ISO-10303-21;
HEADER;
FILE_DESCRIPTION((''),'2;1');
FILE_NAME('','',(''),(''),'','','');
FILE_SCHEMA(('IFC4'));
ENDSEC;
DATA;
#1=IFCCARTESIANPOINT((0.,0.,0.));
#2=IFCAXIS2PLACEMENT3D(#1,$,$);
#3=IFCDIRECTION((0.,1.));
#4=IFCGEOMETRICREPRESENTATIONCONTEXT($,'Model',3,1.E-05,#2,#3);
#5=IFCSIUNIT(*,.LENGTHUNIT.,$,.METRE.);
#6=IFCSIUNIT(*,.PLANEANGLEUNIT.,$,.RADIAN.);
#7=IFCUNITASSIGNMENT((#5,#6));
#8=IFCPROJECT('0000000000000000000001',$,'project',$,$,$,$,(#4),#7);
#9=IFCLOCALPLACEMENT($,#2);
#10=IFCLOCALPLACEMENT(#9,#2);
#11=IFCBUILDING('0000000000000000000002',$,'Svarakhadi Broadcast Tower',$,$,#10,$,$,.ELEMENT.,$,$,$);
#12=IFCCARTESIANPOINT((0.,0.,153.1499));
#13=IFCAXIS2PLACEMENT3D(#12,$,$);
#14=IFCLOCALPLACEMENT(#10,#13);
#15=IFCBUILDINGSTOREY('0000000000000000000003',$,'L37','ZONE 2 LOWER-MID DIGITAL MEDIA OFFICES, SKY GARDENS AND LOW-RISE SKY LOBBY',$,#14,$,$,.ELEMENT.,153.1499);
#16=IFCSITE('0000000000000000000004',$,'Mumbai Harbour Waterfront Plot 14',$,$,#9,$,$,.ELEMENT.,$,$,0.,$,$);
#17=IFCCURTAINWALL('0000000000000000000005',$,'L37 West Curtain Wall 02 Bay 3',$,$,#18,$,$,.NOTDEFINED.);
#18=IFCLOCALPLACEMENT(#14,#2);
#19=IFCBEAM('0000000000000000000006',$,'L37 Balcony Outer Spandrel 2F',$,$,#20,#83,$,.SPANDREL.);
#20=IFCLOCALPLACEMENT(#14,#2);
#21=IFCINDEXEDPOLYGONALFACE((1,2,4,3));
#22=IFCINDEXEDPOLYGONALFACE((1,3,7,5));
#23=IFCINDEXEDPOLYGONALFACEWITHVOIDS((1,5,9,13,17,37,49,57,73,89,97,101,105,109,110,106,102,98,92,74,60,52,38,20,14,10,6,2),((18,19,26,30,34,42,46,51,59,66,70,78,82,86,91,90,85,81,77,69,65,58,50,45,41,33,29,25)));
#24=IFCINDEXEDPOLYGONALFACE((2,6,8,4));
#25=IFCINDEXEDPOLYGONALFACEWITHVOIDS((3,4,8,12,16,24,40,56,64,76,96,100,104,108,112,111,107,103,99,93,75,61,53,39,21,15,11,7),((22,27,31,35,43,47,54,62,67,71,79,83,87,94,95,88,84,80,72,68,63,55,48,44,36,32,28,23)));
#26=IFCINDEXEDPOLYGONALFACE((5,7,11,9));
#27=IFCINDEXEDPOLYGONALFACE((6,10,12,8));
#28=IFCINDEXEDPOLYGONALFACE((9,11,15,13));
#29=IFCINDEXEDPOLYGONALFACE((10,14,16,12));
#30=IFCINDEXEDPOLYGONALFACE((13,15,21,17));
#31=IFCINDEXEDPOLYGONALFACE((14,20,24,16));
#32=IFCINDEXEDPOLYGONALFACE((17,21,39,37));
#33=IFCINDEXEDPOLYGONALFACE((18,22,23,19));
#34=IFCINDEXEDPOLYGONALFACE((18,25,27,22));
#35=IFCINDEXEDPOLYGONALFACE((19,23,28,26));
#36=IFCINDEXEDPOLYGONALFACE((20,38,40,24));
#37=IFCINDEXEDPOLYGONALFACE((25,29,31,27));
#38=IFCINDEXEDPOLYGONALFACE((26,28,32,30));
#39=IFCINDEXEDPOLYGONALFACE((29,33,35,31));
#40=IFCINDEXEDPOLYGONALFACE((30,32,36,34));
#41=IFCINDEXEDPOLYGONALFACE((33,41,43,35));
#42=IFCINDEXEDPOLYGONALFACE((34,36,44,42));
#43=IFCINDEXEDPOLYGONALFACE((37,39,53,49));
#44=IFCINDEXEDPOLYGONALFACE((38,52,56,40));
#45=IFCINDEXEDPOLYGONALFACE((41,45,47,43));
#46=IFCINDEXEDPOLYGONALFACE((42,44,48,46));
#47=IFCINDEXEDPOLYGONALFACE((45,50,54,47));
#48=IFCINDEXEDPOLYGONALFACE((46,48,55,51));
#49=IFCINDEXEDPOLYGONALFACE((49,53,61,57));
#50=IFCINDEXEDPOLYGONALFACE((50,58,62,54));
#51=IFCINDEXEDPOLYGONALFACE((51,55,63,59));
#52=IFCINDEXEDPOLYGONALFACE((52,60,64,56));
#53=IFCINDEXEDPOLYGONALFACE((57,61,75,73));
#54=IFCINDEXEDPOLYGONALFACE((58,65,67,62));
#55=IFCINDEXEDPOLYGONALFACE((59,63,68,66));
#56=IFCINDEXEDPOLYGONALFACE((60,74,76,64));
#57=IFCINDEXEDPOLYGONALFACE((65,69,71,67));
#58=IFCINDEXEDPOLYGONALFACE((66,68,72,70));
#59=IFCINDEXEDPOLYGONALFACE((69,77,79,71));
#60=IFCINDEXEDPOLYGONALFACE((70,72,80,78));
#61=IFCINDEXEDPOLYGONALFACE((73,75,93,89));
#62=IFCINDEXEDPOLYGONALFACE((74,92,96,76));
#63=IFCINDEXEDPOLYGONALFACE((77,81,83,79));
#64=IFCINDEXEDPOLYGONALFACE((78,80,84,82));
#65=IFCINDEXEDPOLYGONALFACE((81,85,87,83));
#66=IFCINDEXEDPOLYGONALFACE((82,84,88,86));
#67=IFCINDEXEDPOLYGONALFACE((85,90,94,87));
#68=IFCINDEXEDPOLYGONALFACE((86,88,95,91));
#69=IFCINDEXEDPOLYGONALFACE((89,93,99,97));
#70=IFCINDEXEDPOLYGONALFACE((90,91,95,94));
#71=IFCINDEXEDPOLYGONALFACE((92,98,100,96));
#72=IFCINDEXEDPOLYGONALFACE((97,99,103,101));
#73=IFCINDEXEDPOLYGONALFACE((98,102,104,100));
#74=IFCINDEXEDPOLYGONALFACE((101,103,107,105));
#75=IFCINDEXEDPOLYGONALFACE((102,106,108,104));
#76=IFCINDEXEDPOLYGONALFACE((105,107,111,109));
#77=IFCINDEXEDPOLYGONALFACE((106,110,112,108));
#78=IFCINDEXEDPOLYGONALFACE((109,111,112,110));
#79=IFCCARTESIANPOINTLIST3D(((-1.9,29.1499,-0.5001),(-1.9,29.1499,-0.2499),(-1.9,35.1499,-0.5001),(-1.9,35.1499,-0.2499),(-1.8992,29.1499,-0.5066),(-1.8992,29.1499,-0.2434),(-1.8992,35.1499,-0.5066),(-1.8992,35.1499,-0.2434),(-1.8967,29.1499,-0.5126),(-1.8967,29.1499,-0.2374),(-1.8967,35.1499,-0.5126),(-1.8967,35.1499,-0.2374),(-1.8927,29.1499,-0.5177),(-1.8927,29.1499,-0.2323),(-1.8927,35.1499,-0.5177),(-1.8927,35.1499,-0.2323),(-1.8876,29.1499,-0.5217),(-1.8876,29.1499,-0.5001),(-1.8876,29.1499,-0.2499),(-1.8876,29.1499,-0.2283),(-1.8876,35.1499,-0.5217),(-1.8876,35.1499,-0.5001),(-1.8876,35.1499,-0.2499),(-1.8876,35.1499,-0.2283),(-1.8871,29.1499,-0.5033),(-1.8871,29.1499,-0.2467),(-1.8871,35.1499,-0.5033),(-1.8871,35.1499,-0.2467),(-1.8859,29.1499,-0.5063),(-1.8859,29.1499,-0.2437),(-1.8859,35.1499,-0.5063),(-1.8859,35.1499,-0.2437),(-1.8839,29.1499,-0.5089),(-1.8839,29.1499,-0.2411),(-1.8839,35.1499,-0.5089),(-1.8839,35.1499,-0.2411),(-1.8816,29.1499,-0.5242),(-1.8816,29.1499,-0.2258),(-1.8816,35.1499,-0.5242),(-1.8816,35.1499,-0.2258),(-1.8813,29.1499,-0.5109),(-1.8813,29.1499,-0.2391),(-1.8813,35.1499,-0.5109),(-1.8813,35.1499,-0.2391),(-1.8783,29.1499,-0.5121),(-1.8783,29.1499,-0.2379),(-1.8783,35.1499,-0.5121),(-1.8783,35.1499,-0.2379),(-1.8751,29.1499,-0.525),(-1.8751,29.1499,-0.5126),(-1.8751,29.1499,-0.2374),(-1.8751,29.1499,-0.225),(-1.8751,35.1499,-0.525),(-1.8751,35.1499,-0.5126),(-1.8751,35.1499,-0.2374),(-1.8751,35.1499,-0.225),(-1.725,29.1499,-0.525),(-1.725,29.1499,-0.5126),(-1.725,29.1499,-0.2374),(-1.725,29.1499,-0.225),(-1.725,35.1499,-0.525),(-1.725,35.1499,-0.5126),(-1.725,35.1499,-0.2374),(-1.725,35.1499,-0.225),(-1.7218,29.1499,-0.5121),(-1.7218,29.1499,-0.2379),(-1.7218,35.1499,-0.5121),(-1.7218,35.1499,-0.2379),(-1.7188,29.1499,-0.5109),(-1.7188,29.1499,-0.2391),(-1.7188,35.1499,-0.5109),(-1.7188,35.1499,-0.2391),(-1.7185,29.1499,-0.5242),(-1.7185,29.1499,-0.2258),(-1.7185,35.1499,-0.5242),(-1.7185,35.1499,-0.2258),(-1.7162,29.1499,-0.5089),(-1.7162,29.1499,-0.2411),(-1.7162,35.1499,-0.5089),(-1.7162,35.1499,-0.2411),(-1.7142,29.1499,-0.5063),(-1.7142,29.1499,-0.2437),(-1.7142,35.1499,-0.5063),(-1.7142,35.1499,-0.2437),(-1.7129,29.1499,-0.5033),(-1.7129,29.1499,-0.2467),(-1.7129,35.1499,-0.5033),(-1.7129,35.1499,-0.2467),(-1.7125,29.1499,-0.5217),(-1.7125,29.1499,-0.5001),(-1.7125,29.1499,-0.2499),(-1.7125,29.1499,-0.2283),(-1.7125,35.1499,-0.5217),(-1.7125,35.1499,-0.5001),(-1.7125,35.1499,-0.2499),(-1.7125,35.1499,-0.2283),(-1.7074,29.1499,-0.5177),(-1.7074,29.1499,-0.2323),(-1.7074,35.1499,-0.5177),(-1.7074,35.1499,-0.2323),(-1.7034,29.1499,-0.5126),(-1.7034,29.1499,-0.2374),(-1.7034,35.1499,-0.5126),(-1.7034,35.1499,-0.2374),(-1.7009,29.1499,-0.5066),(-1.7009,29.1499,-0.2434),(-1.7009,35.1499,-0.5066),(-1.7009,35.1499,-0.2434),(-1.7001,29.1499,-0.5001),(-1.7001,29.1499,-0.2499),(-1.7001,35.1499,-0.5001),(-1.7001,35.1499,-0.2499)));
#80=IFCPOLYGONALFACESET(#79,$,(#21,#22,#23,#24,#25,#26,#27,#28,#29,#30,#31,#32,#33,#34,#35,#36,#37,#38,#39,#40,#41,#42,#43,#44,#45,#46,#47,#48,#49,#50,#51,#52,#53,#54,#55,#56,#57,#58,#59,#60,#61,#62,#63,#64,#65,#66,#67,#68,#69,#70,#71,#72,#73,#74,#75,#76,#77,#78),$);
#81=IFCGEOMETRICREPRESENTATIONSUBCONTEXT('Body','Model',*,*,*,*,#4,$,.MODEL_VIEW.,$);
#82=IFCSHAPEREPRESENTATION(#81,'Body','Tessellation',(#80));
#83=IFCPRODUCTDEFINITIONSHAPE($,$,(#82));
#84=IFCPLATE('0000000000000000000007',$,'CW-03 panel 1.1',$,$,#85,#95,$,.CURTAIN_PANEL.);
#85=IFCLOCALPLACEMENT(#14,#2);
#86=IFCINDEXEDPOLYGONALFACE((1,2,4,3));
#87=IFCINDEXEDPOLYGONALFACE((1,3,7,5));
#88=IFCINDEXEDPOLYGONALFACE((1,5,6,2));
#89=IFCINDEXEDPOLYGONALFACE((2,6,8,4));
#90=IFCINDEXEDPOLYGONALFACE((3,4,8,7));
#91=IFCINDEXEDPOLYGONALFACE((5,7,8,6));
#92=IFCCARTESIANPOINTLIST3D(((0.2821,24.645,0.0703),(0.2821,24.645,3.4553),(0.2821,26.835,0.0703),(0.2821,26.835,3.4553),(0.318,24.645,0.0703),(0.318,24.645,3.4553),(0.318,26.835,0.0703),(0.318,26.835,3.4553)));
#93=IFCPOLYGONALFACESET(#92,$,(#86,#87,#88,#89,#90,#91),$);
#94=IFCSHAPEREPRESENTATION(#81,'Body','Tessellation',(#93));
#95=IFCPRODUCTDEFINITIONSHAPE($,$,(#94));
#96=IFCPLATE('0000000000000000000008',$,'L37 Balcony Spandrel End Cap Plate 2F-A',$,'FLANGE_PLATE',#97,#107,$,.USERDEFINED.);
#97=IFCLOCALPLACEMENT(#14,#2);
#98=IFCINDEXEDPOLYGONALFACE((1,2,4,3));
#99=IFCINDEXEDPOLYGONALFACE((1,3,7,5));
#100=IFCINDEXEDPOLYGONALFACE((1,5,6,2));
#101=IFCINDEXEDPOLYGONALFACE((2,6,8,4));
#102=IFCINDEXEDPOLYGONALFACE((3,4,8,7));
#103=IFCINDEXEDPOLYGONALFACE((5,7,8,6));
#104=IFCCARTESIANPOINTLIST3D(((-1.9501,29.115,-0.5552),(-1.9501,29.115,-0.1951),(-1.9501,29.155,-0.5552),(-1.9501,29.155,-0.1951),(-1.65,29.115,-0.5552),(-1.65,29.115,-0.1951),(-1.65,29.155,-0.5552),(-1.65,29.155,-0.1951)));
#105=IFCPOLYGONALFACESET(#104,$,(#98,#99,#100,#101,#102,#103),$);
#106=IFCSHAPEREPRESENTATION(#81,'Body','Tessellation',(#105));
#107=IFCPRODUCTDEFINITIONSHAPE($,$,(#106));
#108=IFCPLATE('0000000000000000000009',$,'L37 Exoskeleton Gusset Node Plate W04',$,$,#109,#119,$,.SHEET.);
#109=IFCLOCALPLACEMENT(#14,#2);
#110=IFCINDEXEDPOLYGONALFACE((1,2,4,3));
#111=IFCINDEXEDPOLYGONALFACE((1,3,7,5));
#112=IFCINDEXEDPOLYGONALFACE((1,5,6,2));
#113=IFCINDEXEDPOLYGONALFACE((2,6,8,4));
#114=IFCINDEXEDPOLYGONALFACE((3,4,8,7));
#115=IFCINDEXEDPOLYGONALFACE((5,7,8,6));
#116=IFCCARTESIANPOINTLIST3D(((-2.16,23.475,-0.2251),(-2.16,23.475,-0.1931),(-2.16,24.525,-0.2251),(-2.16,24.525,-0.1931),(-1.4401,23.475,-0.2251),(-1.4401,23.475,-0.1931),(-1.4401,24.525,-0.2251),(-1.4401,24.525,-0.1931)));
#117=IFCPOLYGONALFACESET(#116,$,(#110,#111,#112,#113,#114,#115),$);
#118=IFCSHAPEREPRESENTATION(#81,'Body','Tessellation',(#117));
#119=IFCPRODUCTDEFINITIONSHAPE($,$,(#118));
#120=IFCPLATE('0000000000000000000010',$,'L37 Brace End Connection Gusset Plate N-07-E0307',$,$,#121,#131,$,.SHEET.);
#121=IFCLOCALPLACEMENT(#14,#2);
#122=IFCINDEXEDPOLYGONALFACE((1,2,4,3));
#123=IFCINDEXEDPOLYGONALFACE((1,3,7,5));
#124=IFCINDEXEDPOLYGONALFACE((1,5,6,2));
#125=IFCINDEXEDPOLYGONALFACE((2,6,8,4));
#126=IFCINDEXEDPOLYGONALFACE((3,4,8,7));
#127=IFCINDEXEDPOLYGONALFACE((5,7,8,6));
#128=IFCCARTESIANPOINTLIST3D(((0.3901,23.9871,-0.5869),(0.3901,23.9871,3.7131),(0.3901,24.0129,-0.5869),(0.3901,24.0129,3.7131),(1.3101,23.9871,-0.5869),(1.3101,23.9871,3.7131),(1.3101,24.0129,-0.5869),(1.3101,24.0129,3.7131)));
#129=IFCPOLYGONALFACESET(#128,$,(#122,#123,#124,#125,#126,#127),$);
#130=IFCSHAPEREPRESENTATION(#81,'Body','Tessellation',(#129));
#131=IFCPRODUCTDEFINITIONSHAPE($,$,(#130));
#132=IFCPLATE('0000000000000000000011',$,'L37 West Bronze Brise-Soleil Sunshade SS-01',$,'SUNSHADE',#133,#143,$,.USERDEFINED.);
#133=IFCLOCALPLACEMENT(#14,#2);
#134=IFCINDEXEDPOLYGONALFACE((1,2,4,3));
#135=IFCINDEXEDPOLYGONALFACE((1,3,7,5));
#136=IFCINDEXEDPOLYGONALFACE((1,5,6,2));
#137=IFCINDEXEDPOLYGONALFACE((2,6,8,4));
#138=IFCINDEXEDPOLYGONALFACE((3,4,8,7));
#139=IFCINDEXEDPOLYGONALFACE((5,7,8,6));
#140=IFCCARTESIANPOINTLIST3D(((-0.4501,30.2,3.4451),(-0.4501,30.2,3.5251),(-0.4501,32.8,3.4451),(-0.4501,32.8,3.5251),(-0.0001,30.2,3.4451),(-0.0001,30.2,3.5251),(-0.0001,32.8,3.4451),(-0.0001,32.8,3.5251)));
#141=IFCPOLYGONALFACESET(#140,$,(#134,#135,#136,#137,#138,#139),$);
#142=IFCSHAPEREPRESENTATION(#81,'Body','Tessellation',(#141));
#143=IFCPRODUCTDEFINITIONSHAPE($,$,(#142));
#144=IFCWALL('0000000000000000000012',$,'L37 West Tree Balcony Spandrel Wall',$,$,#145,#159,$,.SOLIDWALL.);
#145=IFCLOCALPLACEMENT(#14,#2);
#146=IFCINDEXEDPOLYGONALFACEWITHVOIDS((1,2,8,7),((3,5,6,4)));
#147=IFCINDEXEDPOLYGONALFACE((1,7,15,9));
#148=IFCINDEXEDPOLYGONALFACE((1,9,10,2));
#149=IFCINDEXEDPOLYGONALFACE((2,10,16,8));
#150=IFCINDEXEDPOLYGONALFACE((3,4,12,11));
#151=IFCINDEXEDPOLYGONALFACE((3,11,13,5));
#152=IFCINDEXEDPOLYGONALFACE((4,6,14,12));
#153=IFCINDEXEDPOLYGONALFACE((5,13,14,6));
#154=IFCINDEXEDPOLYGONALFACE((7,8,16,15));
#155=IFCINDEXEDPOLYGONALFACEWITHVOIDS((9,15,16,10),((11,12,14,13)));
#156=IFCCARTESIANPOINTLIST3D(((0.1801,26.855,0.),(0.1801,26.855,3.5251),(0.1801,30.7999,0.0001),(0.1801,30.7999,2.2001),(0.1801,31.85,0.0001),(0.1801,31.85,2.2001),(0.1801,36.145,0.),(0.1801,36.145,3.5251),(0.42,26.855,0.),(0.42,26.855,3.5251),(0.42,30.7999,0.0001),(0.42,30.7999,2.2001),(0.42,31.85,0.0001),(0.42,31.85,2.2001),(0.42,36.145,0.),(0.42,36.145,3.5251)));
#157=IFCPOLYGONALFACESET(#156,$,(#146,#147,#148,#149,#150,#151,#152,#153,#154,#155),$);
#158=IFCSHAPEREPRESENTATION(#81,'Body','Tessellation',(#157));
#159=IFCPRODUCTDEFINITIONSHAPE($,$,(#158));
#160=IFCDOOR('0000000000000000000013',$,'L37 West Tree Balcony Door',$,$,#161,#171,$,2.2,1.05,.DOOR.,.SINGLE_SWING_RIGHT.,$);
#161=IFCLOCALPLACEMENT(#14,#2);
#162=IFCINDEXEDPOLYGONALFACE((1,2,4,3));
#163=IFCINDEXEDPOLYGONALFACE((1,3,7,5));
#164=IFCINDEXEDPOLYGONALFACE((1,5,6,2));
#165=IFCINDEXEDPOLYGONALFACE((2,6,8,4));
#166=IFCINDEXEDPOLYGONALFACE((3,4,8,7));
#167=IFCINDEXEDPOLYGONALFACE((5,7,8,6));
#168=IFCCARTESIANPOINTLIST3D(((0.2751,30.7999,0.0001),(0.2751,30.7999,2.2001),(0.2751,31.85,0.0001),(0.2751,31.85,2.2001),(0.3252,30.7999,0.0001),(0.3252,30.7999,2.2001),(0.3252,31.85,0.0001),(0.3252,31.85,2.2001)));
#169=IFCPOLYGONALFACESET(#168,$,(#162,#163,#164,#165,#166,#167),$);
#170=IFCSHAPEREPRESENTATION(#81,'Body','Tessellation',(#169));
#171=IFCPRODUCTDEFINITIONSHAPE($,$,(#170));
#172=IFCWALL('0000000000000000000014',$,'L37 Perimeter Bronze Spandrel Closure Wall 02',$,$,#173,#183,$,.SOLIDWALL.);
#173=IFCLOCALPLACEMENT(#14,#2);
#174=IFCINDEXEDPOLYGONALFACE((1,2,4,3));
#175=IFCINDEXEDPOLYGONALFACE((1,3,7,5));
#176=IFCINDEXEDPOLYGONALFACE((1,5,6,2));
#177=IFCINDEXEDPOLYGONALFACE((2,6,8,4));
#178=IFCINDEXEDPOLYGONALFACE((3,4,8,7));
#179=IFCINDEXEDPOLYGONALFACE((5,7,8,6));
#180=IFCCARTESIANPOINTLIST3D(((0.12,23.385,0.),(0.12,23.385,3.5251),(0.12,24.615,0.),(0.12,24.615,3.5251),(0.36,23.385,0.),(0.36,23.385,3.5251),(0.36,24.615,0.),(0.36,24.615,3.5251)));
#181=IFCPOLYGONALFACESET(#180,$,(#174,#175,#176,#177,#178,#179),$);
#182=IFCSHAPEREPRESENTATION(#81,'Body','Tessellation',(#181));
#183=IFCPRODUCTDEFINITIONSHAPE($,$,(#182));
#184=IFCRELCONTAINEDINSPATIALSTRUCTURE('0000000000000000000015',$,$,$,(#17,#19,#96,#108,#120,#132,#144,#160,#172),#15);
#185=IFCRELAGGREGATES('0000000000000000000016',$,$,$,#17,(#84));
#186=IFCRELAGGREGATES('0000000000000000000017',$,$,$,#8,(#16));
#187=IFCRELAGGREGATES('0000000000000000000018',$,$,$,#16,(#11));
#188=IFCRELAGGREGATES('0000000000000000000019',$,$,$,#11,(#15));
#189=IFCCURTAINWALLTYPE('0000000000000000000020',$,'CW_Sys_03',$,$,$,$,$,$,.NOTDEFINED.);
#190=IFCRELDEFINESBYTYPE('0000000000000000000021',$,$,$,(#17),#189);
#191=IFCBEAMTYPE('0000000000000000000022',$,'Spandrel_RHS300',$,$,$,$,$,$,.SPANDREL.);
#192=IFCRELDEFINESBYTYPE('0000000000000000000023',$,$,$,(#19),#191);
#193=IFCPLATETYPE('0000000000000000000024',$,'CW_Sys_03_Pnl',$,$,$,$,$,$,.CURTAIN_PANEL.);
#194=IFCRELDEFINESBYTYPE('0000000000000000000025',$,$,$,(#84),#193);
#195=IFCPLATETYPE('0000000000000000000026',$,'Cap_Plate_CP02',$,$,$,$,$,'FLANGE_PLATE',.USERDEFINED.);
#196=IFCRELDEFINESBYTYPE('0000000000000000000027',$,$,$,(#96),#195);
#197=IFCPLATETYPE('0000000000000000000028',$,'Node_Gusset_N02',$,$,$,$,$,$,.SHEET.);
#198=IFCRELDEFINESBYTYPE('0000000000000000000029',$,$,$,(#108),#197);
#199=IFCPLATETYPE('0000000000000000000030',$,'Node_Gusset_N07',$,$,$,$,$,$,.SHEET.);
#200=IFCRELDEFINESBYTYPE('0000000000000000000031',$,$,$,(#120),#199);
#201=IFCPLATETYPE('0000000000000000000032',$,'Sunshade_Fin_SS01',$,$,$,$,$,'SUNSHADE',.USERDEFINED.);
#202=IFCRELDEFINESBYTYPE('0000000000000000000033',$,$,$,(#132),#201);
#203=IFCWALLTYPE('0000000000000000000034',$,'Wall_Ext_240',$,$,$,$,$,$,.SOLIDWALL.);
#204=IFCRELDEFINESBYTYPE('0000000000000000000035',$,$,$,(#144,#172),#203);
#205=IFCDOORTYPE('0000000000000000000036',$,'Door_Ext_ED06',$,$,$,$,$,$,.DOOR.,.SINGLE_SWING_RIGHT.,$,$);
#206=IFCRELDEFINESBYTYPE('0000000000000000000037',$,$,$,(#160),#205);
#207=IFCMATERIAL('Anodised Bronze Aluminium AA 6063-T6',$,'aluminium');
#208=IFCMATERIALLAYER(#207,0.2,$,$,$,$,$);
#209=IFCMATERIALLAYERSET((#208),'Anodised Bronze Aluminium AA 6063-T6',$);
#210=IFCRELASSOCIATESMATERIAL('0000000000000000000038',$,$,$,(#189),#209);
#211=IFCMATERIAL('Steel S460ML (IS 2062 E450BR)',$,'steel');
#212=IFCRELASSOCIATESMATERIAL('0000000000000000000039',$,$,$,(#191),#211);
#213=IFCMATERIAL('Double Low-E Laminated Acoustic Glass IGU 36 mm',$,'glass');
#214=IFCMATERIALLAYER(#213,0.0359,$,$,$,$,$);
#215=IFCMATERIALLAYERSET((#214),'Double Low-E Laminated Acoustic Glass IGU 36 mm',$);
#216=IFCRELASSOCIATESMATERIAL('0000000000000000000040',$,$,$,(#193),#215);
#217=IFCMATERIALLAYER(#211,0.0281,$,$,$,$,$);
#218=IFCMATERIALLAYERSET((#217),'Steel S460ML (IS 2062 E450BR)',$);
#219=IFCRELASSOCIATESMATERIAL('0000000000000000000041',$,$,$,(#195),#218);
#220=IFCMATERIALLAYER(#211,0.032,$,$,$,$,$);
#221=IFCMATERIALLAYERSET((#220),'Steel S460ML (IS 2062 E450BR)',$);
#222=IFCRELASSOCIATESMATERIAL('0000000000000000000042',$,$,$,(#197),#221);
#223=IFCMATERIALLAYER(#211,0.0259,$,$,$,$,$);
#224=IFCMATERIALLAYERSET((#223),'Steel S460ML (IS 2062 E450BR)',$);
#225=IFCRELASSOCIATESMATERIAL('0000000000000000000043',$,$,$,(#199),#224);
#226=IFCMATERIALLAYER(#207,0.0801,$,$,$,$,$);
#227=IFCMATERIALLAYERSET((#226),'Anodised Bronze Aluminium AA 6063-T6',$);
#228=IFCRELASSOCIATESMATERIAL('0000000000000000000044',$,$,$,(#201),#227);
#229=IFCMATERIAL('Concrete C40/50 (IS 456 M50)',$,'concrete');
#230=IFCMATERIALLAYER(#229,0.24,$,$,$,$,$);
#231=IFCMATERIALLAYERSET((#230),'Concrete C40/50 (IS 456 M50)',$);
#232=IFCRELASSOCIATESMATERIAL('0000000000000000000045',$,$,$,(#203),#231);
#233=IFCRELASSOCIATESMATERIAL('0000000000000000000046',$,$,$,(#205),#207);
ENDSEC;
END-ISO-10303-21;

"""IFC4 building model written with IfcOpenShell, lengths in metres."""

from ifc_helpers import new_model, si_unit, direction, frame, frame_2d, origin, origin_2d, place, context, subcontext, project, spatial, rectangle, hollow_rectangle, extrude, material, layer, layer_set, material_profile, profile_set, type_object, element, fill, aggregate, save


model = new_model("IFC4")

# Units and contexts
model_context = context("Model", 3, precision=1e-05, world=origin(), true_north=direction((0.0, 1.0)))
body_context = subcontext(model_context, "Body", "Model", "MODEL_VIEW")
ifc_project = project(units=[si_unit("LENGTHUNIT", "METRE"), si_unit("PLANEANGLEUNIT", "RADIAN")], contexts=[model_context])

# Site, building, storey
site_placement = place(None, origin())
site = spatial("IfcSite", under=ifc_project, at=site_placement, Name="Mumbai Harbour Waterfront Plot 14", CompositionType="ELEMENT", RefElevation=0.0)
building_placement = place(site_placement, origin())
building = spatial("IfcBuilding", under=site, at=building_placement, Name="Svarakhadi Broadcast Tower", CompositionType="ELEMENT")
storey_placement = place(building_placement, frame((0.0, 0.0, 153.1499)))
storey = spatial("IfcBuildingStorey", under=building, at=storey_placement, Name="L37", Description="ZONE 2 LOWER-MID DIGITAL MEDIA OFFICES, SKY GARDENS AND LOW-RISE SKY LOBBY", CompositionType="ELEMENT", Elevation=153.1499)

# Shared definitions
ifc_material_1 = material(Name="Steel S460ML (IS 2062 E450BR)", Category="steel")

# Shared definitions
ifc_material_2 = material(Name="Anodised Bronze Aluminium AA 6063-T6", Category="aluminium")
ifc_layer_1 = layer(ifc_material_2, 0.2)
ifc_layer_set_1 = layer_set([ifc_layer_1], Name="Anodised Bronze Aluminium AA 6063-T6")
curtain_wall_type = type_object("IfcCurtainWallType", Name="CW_Sys_03", PredefinedType="NOTDEFINED", material=ifc_layer_set_1)

# Curtain wall
curtain_wall_1_placement = place(storey_placement, origin())
curtain_wall_1 = element("IfcCurtainWall", 1, at=curtain_wall_1_placement, inside=storey, type_object=curtain_wall_type, Name="L37 West Curtain Wall 02 Bay 3", PredefinedType="NOTDEFINED")

# Beam
ifc_material_profile_1 = material_profile(ifc_material_1, hollow_rectangle(XDim=0.2, YDim=0.3, WallThickness=0.0125, InnerFilletRadius=0.0125, OuterFilletRadius=0.0249, at=origin_2d()), Name="RHS 300x200x12.5")
ifc_profile_set_1 = profile_set([ifc_material_profile_1], Name="Steel S460ML (IS 2062 E450BR)")
beam_type_1 = type_object("IfcBeamType", Name="Spandrel_RHS300", PredefinedType="SPANDREL", material=ifc_profile_set_1)
beam_1_placement = place(storey_placement, frame((-1.8, 29.1499, -0.375), z_axis=(0.0, 1.0, 0.0), x_axis=(-1.0, 0.0, 0.0)))
element("IfcBeam", 2, at=beam_1_placement, inside=storey, type_object=beam_type_1, Name="L37 Balcony Outer Spandrel 2F", PredefinedType="SPANDREL", context=body_context, shape_type="SweptSolid", body=[
    extrude(hollow_rectangle(XDim=0.2, YDim=0.3, WallThickness=0.0125, InnerFilletRadius=0.0125, OuterFilletRadius=0.0249, at=origin_2d()), origin(), (0.0, 0.0, 1.0), 6.0),
])

# Plate
ifc_material_3 = material(Name="Double Low-E Laminated Acoustic Glass IGU 36 mm", Category="glass")
ifc_layer_2 = layer(ifc_material_3, 0.0359)
ifc_layer_set_2 = layer_set([ifc_layer_2], Name="Double Low-E Laminated Acoustic Glass IGU 36 mm")
plate_type_1 = type_object("IfcPlateType", Name="CW_Sys_03_Pnl", PredefinedType="CURTAIN_PANEL", material=ifc_layer_set_2)
plate_1_placement = place(storey_placement, frame((0.3, 25.74, 0.0703), z_axis=(0.0, 0.0, 1.0), x_axis=(0.0, 1.0, 0.0)))
plate_1 = element("IfcPlate", 3, at=plate_1_placement, type_object=plate_type_1, Name="CW-03 panel 1.1", PredefinedType="CURTAIN_PANEL", context=body_context, shape_type="SweptSolid", body=[
    extrude(rectangle(XDim=2.1899, YDim=0.0359, at=origin_2d()), origin(), (0.0, 0.0, 1.0), 3.385),
])
aggregate(curtain_wall_1, [plate_1])

# Plates
ifc_layer_3 = layer(ifc_material_1, 0.0281)
ifc_layer_set_3 = layer_set([ifc_layer_3], Name="Steel S460ML (IS 2062 E450BR)")
plate_type_2 = type_object("IfcPlateType", Name="Cap_Plate_CP02", ElementType="FLANGE_PLATE", PredefinedType="USERDEFINED", material=ifc_layer_set_3)
plate_2_placement = place(storey_placement, frame((-1.8, 29.135, -0.5552), z_axis=(0.0, 0.0, 1.0), x_axis=(1.0, 0.0, 0.0)))
element("IfcPlate", 4, at=plate_2_placement, inside=storey, type_object=plate_type_2, Name="L37 Balcony Spandrel End Cap Plate 2F-A", ObjectType="FLANGE_PLATE", PredefinedType="USERDEFINED", context=body_context, shape_type="SweptSolid", body=[
    extrude(rectangle(XDim=0.3, YDim=0.04, at=origin_2d()), origin(), (0.0, 0.0, 1.0), 0.3601),
])
ifc_layer_4 = layer(ifc_material_1, 0.032)
ifc_layer_set_4 = layer_set([ifc_layer_4], Name="Steel S460ML (IS 2062 E450BR)")
plate_type_3 = type_object("IfcPlateType", Name="Node_Gusset_N02", PredefinedType="SHEET", material=ifc_layer_set_4)
plate_3_placement = place(storey_placement, frame((-1.8, 24.0, -0.2251), z_axis=(0.0, 0.0, 1.0), x_axis=(0.0, 1.0, 0.0)))
element("IfcPlate", 5, at=plate_3_placement, inside=storey, type_object=plate_type_3, Name="L37 Exoskeleton Gusset Node Plate W04", PredefinedType="SHEET", context=body_context, shape_type="SweptSolid", body=[
    extrude(rectangle(XDim=1.05, YDim=0.72, at=origin_2d()), origin(), (0.0, 0.0, 1.0), 0.032),
])
ifc_layer_5 = layer(ifc_material_1, 0.0259)
ifc_layer_set_5 = layer_set([ifc_layer_5], Name="Steel S460ML (IS 2062 E450BR)")
plate_type_4 = type_object("IfcPlateType", Name="Node_Gusset_N07", PredefinedType="SHEET", material=ifc_layer_set_5)
plate_4_placement = place(storey_placement, frame((0.8501, 24.0, -0.5869), z_axis=(0.0, 0.0, 1.0), x_axis=(1.0, 0.0, 0.0)))
element("IfcPlate", 6, at=plate_4_placement, inside=storey, type_object=plate_type_4, Name="L37 Brace End Connection Gusset Plate N-07-E0307", PredefinedType="SHEET", context=body_context, shape_type="SweptSolid", body=[
    extrude(rectangle(XDim=0.9199, YDim=0.0259, at=origin_2d()), origin(), (0.0, 0.0, 1.0), 4.3),
])
ifc_layer_6 = layer(ifc_material_2, 0.0801)
ifc_layer_set_6 = layer_set([ifc_layer_6], Name="Anodised Bronze Aluminium AA 6063-T6")
plate_type_5 = type_object("IfcPlateType", Name="Sunshade_Fin_SS01", ElementType="SUNSHADE", PredefinedType="USERDEFINED", material=ifc_layer_set_6)
plate_5_placement = place(storey_placement, frame((-0.2251, 31.5, 3.4451), z_axis=(0.0, 0.0, 1.0), x_axis=(0.0, 1.0, 0.0)))
element("IfcPlate", 7, at=plate_5_placement, inside=storey, type_object=plate_type_5, Name="L37 West Bronze Brise-Soleil Sunshade SS-01", ObjectType="SUNSHADE", PredefinedType="USERDEFINED", context=body_context, shape_type="SweptSolid", body=[
    extrude(rectangle(XDim=2.6001, YDim=0.45, at=origin_2d()), origin(), (0.0, 0.0, 1.0), 0.0801),
])

# Wall, opening, door
ifc_material_4 = material(Name="Concrete C40/50 (IS 456 M50)", Category="concrete")
ifc_layer_7 = layer(ifc_material_4, 0.24)
ifc_layer_set_7 = layer_set([ifc_layer_7], Name="Concrete C40/50 (IS 456 M50)")
wall_type_1 = type_object("IfcWallType", Name="Wall_Ext_240", PredefinedType="SOLIDWALL", material=ifc_layer_set_7)
wall_1_placement = place(storey_placement, frame((0.3, 26.855, 0.0), z_axis=(0.0, 0.0, 1.0), x_axis=(0.0, 1.0, 0.0)))
wall_1 = element("IfcWall", 8, at=wall_1_placement, inside=storey, type_object=wall_type_1, Name="L37 West Tree Balcony Spandrel Wall", PredefinedType="SOLIDWALL", context=body_context, shape_type="SweptSolid", body=[
    extrude(rectangle(XDim=9.29, YDim=0.24, at=frame_2d((4.645, 0.0))), origin(), (0.0, 0.0, 1.0), 3.5251),
])
opening_1_placement = place(wall_1_placement, frame((3.9451, 0.0, 0.0)))
opening_1 = element("IfcOpeningElement", 9, at=opening_1_placement, cuts=wall_1, PredefinedType="OPENING", context=body_context, shape_type="SweptSolid", body=[
    extrude(rectangle(XDim=1.05, YDim=2.2, at=frame_2d((0.5249, 1.1001))), frame((0.0, 0.1299, 0.0), z_axis=(0.0, -1.0, 0.0), x_axis=(1.0, 0.0, 0.0)), (0.0, 0.0, 1.0), 0.26),
])
door_type_1 = type_object("IfcDoorType", Name="Door_Ext_ED06", OperationType="SINGLE_SWING_RIGHT", PredefinedType="DOOR", material=ifc_material_2)
door_1_placement = place(opening_1_placement, origin())
door_1 = element("IfcDoor", 10, at=door_1_placement, inside=storey, type_object=door_type_1, Name="L37 West Tree Balcony Door", OperationType="SINGLE_SWING_RIGHT", OverallHeight=2.2, OverallWidth=1.05, PredefinedType="DOOR", context=body_context, shape_type="SweptSolid", body=[
    extrude(rectangle(XDim=1.05, YDim=2.2, at=frame_2d((0.5249, 1.1001))), frame((0.0, 0.0249, 0.0), z_axis=(0.0, -1.0, 0.0), x_axis=(1.0, 0.0, 0.0)), (0.0, 0.0, 1.0), 0.05),
])
fill(opening_1, door_1)

# Wall
wall_2_placement = place(storey_placement, frame((0.24, 23.385, 0.0), z_axis=(0.0, 0.0, 1.0), x_axis=(0.0, 1.0, 0.0)))
element("IfcWall", 11, at=wall_2_placement, inside=storey, type_object=wall_type_1, Name="L37 Perimeter Bronze Spandrel Closure Wall 02", PredefinedType="SOLIDWALL", context=body_context, shape_type="SweptSolid", body=[
    extrude(rectangle(XDim=1.23, YDim=0.24, at=frame_2d((0.615, 0.0))), origin(), (0.0, 0.0, 1.0), 3.5251),
])

save(model, "model.ifc")
